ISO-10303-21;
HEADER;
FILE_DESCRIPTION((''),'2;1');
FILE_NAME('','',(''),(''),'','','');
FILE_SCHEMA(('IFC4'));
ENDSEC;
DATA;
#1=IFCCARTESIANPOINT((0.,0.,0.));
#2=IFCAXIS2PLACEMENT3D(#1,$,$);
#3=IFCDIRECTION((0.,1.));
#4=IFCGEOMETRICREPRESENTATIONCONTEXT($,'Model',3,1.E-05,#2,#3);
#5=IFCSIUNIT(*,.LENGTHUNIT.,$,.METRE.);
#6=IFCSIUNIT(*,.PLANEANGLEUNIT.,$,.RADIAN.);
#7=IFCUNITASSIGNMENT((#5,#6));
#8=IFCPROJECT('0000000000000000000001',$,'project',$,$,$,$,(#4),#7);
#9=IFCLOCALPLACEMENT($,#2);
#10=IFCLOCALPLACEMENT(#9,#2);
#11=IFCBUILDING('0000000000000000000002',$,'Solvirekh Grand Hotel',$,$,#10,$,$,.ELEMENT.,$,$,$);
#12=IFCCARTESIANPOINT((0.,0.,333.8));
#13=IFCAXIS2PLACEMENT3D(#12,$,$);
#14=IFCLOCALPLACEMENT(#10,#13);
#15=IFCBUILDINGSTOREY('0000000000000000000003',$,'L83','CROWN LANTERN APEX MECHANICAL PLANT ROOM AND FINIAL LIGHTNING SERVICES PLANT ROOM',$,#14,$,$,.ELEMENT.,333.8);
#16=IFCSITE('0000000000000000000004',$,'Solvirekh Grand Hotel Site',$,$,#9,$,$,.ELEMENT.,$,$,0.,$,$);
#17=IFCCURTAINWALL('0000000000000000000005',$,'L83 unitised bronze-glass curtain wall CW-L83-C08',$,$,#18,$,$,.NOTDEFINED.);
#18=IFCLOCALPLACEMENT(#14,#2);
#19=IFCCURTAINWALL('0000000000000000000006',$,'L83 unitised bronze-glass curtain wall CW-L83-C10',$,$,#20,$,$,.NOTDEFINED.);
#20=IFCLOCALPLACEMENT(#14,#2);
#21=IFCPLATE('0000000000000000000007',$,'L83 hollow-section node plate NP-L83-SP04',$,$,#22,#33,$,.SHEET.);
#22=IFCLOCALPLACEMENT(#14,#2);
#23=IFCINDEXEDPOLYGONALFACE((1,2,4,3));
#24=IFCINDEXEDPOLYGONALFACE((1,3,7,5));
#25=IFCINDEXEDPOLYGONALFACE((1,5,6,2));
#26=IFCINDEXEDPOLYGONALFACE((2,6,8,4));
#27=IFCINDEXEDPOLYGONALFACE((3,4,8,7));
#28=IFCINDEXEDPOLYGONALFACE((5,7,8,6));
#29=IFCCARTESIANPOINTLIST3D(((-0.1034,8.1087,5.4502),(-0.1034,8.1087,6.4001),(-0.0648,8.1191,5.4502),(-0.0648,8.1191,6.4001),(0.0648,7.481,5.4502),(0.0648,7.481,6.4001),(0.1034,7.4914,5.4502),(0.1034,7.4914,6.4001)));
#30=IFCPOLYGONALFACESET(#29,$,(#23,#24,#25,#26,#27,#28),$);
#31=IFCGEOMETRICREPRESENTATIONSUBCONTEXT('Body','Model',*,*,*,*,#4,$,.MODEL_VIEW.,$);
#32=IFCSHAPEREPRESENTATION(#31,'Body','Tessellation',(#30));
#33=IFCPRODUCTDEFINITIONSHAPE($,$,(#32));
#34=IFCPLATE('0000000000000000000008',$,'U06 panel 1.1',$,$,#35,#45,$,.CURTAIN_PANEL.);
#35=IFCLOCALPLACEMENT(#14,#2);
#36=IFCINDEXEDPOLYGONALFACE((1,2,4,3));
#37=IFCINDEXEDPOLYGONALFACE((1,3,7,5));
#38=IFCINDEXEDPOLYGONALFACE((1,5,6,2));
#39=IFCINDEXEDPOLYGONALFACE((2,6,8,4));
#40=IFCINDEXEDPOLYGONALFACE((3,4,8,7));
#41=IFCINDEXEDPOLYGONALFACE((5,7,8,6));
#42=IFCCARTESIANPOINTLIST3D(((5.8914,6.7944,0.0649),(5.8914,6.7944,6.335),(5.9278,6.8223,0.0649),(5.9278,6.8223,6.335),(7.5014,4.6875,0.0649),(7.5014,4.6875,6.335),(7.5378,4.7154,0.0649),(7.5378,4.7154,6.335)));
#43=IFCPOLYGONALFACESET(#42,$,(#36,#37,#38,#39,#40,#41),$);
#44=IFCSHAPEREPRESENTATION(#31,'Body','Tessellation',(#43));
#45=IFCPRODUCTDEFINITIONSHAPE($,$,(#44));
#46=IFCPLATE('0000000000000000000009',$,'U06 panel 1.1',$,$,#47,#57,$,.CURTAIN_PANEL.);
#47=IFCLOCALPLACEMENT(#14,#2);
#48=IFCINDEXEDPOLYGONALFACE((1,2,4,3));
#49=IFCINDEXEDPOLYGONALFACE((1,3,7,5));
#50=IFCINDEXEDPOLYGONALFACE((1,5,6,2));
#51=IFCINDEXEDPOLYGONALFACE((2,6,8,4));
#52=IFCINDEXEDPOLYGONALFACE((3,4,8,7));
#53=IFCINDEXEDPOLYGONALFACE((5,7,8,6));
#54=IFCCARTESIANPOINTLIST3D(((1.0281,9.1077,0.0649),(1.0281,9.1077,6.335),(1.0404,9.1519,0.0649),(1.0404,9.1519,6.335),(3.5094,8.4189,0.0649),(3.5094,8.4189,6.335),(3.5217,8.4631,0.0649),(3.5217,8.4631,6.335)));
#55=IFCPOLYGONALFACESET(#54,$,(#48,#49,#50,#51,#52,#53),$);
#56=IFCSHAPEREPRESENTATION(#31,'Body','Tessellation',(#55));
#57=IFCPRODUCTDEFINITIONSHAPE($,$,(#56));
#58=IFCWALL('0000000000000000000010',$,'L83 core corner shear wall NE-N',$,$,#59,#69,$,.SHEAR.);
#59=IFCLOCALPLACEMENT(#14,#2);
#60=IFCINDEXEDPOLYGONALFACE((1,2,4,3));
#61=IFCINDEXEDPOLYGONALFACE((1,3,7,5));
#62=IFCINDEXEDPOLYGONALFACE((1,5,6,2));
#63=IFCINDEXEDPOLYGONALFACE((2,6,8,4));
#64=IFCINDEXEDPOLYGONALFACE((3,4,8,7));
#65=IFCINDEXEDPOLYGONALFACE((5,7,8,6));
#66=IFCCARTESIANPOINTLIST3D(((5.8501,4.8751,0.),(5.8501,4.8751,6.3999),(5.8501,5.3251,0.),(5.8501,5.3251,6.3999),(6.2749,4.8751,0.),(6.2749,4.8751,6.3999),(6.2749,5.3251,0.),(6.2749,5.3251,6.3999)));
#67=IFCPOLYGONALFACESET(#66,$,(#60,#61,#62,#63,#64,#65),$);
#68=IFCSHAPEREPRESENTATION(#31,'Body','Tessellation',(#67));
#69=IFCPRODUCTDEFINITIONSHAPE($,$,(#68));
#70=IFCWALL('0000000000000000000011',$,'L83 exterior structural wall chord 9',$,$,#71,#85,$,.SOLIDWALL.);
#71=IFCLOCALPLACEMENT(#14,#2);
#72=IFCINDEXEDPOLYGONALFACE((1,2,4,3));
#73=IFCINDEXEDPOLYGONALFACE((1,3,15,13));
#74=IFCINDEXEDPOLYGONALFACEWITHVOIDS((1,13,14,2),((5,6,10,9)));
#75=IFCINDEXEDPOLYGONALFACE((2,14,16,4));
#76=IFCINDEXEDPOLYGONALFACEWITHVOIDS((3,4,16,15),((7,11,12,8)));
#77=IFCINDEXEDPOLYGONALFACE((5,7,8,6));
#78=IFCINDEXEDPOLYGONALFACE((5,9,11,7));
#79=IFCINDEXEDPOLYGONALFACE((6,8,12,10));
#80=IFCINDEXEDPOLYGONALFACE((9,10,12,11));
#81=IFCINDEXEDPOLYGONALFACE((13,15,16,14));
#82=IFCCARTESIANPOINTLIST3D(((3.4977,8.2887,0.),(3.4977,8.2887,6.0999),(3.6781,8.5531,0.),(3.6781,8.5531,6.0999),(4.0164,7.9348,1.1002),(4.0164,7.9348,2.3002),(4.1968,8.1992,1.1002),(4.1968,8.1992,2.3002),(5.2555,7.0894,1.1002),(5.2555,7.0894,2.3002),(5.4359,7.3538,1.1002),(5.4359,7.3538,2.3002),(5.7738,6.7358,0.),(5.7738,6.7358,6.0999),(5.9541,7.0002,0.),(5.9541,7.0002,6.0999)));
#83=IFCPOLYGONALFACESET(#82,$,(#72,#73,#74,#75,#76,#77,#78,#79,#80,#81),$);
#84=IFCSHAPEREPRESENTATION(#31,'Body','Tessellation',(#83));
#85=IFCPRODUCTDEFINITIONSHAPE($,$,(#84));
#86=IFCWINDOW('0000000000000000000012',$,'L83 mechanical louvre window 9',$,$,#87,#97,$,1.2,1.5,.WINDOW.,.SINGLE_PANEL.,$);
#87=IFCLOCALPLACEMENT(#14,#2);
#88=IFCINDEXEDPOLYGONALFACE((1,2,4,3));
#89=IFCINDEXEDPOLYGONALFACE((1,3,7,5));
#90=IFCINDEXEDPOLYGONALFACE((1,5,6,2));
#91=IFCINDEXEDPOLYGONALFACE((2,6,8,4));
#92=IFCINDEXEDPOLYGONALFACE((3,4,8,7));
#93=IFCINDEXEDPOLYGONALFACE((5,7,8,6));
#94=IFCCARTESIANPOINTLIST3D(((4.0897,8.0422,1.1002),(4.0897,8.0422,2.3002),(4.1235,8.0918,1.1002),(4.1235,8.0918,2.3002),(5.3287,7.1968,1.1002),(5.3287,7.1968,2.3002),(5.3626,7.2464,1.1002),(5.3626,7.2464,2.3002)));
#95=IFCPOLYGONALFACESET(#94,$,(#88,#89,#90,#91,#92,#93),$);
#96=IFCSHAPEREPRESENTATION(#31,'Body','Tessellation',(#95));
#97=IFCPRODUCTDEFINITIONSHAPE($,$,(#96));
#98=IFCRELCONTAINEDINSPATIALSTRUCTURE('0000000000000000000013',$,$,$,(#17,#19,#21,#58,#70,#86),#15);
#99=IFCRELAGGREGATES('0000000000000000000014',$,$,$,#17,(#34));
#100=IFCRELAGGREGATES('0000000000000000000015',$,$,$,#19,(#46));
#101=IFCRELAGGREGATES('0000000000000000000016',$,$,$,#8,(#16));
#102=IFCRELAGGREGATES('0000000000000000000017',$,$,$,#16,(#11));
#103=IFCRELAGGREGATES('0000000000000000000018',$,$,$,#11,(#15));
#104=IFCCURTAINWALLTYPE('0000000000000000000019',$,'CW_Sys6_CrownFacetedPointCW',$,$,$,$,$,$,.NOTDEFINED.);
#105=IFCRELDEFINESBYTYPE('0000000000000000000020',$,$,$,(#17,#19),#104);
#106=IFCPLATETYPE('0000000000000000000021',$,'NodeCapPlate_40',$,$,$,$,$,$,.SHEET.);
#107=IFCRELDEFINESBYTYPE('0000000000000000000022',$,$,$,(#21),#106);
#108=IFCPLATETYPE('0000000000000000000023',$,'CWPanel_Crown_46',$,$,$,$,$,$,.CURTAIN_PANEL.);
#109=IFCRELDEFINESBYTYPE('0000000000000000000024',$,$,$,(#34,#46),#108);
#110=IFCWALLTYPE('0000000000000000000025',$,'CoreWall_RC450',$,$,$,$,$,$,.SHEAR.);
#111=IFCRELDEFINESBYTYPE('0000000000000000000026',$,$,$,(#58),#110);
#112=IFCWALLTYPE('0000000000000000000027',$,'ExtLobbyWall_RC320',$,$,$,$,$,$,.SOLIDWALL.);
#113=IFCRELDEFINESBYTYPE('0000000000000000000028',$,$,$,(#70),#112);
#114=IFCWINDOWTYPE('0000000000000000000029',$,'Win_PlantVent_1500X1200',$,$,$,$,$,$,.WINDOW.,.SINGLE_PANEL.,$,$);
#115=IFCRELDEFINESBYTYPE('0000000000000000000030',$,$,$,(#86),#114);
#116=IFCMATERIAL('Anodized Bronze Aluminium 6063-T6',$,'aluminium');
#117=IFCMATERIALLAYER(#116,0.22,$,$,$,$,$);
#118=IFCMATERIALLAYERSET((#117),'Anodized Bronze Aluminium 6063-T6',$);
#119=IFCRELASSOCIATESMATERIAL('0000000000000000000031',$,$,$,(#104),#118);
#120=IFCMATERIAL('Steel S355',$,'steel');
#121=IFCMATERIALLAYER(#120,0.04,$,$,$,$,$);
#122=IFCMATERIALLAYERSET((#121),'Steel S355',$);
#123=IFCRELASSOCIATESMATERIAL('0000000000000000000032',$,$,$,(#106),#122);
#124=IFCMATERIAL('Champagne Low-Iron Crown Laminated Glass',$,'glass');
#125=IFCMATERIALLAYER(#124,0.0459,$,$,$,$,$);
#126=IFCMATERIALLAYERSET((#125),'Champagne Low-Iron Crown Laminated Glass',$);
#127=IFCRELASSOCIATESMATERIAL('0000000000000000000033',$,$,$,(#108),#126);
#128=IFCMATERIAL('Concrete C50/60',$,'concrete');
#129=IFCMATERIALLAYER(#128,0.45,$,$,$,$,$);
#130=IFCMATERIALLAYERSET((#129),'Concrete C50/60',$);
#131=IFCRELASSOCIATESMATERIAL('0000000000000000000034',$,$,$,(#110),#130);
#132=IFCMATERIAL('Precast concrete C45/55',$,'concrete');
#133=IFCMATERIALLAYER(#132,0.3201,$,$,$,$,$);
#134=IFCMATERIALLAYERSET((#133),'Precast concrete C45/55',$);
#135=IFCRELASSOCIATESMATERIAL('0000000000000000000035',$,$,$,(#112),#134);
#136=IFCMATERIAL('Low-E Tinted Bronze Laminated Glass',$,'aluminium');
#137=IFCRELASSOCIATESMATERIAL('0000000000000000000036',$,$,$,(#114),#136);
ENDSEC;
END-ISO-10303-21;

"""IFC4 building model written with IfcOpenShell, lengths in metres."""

from ifc_helpers import new_model, si_unit, direction, frame, frame_2d, origin, origin_2d, place, context, subcontext, project, spatial, rectangle, extrude, source, transform, mapped, material, layer, layer_set, type_object, element, fill, aggregate, save


model = new_model("IFC4")

# Units and contexts
model_context = context("Model", 3, precision=1e-05, world=origin(), true_north=direction((0.0, 1.0)))
body_context = subcontext(model_context, "Body", "Model", "MODEL_VIEW")
ifc_project = project(units=[si_unit("LENGTHUNIT", "METRE"), si_unit("PLANEANGLEUNIT", "RADIAN")], contexts=[model_context])

# Site, building, storey
site_placement = place(None, origin())
site = spatial("IfcSite", under=ifc_project, at=site_placement, Name="Solvirekh Grand Hotel Site", CompositionType="ELEMENT", RefElevation=0.0)
building_placement = place(site_placement, origin())
building = spatial("IfcBuilding", under=site, at=building_placement, Name="Solvirekh Grand Hotel", CompositionType="ELEMENT")
storey_placement = place(building_placement, frame((0.0, 0.0, 333.8)))
storey = spatial("IfcBuildingStorey", under=building, at=storey_placement, Name="L83", Description="CROWN LANTERN APEX MECHANICAL PLANT ROOM AND FINIAL LIGHTNING SERVICES PLANT ROOM", CompositionType="ELEMENT", Elevation=333.8)

# Shared definitions
ifc_material_1 = material(Name="Concrete C50/60", Category="concrete")
ifc_material_2 = material(Name="Steel S355", Category="steel")

# Curtain wall
ifc_material_3 = material(Name="Anodized Bronze Aluminium 6063-T6", Category="aluminium")
ifc_layer_1 = layer(ifc_material_3, 0.22)
ifc_layer_set_1 = layer_set([ifc_layer_1], Name="Anodized Bronze Aluminium 6063-T6")
curtain_wall_type = type_object("IfcCurtainWallType", Name="CW_Sys6_CrownFacetedPointCW", PredefinedType="NOTDEFINED", material=ifc_layer_set_1)
curtain_wall_1_placement = place(storey_placement, origin())
curtain_wall_1 = element("IfcCurtainWall", 1, at=curtain_wall_1_placement, inside=storey, type_object=curtain_wall_type, Name="L83 unitised bronze-glass curtain wall CW-L83-C08", PredefinedType="NOTDEFINED")

# Curtain wall
curtain_wall_2_placement = place(storey_placement, origin())
curtain_wall_2 = element("IfcCurtainWall", 2, at=curtain_wall_2_placement, inside=storey, type_object=curtain_wall_type, Name="L83 unitised bronze-glass curtain wall CW-L83-C10", PredefinedType="NOTDEFINED")

# Plate
ifc_layer_2 = layer(ifc_material_2, 0.04)
ifc_layer_set_2 = layer_set([ifc_layer_2], Name="Steel S355")
plate_type_1 = type_object("IfcPlateType", Name="NodeCapPlate_40", PredefinedType="SHEET", material=ifc_layer_set_2)
for number, where, z_axis, x_axis, name in (
    (3, (0.0, 7.8, 5.4502), (0.0, 0.0, 1.0), (-0.965926, -0.258819, 0.0), "L83 hollow-section node plate NP-L83-SP04"),
):
    element("IfcPlate", number, at=place(storey_placement, frame(where, z_axis=z_axis, x_axis=x_axis)), inside=storey, type_object=plate_type_1, Name=name, PredefinedType="SHEET", context=body_context, shape_type="SweptSolid", body=[
        extrude(rectangle(XDim=0.04, YDim=0.6499, at=origin_2d()), origin(), (0.0, 0.0, 1.0), 0.95),
    ])

# Plates
ifc_material_4 = material(Name="Champagne Low-Iron Crown Laminated Glass", Category="glass")
ifc_layer_3 = layer(ifc_material_4, 0.0459)
ifc_layer_set_3 = layer_set([ifc_layer_3], Name="Champagne Low-Iron Crown Laminated Glass")
plate_type_2 = type_object("IfcPlateType", Name="CWPanel_Crown_46", PredefinedType="CURTAIN_PANEL", material=ifc_layer_set_3)
shared_shape_1 = source(origin(), body_context, "Body", "SweptSolid", [
    extrude(rectangle(XDim=2.6516, YDim=0.0459, at=origin_2d()), origin(), (0.0, 0.0, 1.0), 6.27),
])
plate_1_placement = place(storey_placement, frame((6.7146, 5.7549, 0.0649), z_axis=(0.0, 0.0, 1.0), x_axis=(-0.607172, 0.794571, 0.0)))
plate_1 = element("IfcPlate", 4, at=plate_1_placement, type_object=plate_type_2, Name="U06 panel 1.1", PredefinedType="CURTAIN_PANEL", context=body_context, shape_type="MappedRepresentation", body=[
    mapped(shared_shape_1, transform((0.0, 0.0, 0.0), x_axis=(1.0, 0.0, 0.0), y_axis=(0.0, 1.0, 0.0), z_axis=(0.0, 0.0, 1.0), scale=1.0)),
])
aggregate(curtain_wall_1, [plate_1])
shared_shape_2 = source(origin(), body_context, "Body", "SweptSolid", [
    extrude(rectangle(XDim=2.5752, YDim=0.0459, at=origin_2d()), origin(), (0.0, 0.0, 1.0), 6.27),
])
plate_2_placement = place(storey_placement, frame((2.2749, 8.7854, 0.0649), z_axis=(0.0, 0.0, 1.0), x_axis=(-0.96356, 0.267492, 0.0)))
plate_2 = element("IfcPlate", 5, at=plate_2_placement, type_object=plate_type_2, Name="U06 panel 1.1", PredefinedType="CURTAIN_PANEL", context=body_context, shape_type="MappedRepresentation", body=[
    mapped(shared_shape_2, transform((0.0, 0.0, 0.0), x_axis=(1.0, 0.0, 0.0), y_axis=(0.0, 1.0, 0.0), z_axis=(0.0, 0.0, 1.0), scale=1.0)),
])
aggregate(curtain_wall_2, [plate_2])

# Wall
ifc_layer_4 = layer(ifc_material_1, 0.45)
ifc_layer_set_4 = layer_set([ifc_layer_4], Name="Concrete C50/60")
wall_type_1 = type_object("IfcWallType", Name="CoreWall_RC450", PredefinedType="SHEAR", material=ifc_layer_set_4)
wall_1_placement = place(storey_placement, frame((5.8501, 5.1001, 0.0), z_axis=(0.0, 0.0, 1.0), x_axis=(1.0, 0.0, 0.0)))
element("IfcWall", 6, at=wall_1_placement, inside=storey, type_object=wall_type_1, Name="L83 core corner shear wall NE-N", PredefinedType="SHEAR", context=body_context, shape_type="SweptSolid", body=[
    extrude(rectangle(XDim=0.4248, YDim=0.45, at=frame_2d((0.2124, 0.0))), origin(), (0.0, 0.0, 1.0), 6.3999),
])

# Wall, opening, window
ifc_material_5 = material(Name="Precast concrete C45/55", Category="concrete")
ifc_layer_5 = layer(ifc_material_5, 0.3201)
ifc_layer_set_5 = layer_set([ifc_layer_5], Name="Precast concrete C45/55")
wall_type_2 = type_object("IfcWallType", Name="ExtLobbyWall_RC320", PredefinedType="SOLIDWALL", material=ifc_layer_set_5)
wall_2_placement = place(storey_placement, frame((3.5879, 8.4209, 0.0), z_axis=(0.0, 0.0, 1.0), x_axis=(0.826045, -0.563603, 0.0)))
wall_2 = element("IfcWall", 7, at=wall_2_placement, inside=storey, type_object=wall_type_2, Name="L83 exterior structural wall chord 9", PredefinedType="SOLIDWALL", context=body_context, shape_type="SweptSolid", body=[
    extrude(rectangle(XDim=2.7554, YDim=0.3201, at=frame_2d((1.3777, 0.0))), origin(), (0.0, 0.0, 1.0), 6.0999),
])
opening_placement = place(wall_2_placement, frame((0.6279, 0.0, 1.1001)))
opening = element("IfcOpeningElement", 8, at=opening_placement, cuts=wall_2, PredefinedType="OPENING", context=body_context, shape_type="SweptSolid", body=[
    extrude(rectangle(XDim=1.5, YDim=1.2, at=frame_2d((0.75, 0.6001))), frame((0.0, 0.1699, 0.0), z_axis=(0.0, -1.0, 0.0), x_axis=(1.0, 0.0, 0.0)), (0.0, 0.0, 1.0), 0.3401),
])
ifc_material_6 = material(Name="Low-E Tinted Bronze Laminated Glass", Category="aluminium")
window_type = type_object("IfcWindowType", Name="Win_PlantVent_1500X1200", PartitioningType="SINGLE_PANEL", PredefinedType="WINDOW", material=ifc_material_6)
window_placement = place(opening_placement, origin())
window = element("IfcWindow", 9, at=window_placement, inside=storey, type_object=window_type, Name="L83 mechanical louvre window 9", OverallHeight=1.2, OverallWidth=1.5, PartitioningType="SINGLE_PANEL", PredefinedType="WINDOW", context=body_context, shape_type="SweptSolid", body=[
    extrude(rectangle(XDim=1.5, YDim=1.2, at=frame_2d((0.75, 0.6001))), frame((0.0, 0.03, 0.0), z_axis=(0.0, -1.0, 0.0), x_axis=(1.0, 0.0, 0.0)), (0.0, 0.0, 1.0), 0.0601),
])
fill(opening, window)

save(model, "model.ifc")
